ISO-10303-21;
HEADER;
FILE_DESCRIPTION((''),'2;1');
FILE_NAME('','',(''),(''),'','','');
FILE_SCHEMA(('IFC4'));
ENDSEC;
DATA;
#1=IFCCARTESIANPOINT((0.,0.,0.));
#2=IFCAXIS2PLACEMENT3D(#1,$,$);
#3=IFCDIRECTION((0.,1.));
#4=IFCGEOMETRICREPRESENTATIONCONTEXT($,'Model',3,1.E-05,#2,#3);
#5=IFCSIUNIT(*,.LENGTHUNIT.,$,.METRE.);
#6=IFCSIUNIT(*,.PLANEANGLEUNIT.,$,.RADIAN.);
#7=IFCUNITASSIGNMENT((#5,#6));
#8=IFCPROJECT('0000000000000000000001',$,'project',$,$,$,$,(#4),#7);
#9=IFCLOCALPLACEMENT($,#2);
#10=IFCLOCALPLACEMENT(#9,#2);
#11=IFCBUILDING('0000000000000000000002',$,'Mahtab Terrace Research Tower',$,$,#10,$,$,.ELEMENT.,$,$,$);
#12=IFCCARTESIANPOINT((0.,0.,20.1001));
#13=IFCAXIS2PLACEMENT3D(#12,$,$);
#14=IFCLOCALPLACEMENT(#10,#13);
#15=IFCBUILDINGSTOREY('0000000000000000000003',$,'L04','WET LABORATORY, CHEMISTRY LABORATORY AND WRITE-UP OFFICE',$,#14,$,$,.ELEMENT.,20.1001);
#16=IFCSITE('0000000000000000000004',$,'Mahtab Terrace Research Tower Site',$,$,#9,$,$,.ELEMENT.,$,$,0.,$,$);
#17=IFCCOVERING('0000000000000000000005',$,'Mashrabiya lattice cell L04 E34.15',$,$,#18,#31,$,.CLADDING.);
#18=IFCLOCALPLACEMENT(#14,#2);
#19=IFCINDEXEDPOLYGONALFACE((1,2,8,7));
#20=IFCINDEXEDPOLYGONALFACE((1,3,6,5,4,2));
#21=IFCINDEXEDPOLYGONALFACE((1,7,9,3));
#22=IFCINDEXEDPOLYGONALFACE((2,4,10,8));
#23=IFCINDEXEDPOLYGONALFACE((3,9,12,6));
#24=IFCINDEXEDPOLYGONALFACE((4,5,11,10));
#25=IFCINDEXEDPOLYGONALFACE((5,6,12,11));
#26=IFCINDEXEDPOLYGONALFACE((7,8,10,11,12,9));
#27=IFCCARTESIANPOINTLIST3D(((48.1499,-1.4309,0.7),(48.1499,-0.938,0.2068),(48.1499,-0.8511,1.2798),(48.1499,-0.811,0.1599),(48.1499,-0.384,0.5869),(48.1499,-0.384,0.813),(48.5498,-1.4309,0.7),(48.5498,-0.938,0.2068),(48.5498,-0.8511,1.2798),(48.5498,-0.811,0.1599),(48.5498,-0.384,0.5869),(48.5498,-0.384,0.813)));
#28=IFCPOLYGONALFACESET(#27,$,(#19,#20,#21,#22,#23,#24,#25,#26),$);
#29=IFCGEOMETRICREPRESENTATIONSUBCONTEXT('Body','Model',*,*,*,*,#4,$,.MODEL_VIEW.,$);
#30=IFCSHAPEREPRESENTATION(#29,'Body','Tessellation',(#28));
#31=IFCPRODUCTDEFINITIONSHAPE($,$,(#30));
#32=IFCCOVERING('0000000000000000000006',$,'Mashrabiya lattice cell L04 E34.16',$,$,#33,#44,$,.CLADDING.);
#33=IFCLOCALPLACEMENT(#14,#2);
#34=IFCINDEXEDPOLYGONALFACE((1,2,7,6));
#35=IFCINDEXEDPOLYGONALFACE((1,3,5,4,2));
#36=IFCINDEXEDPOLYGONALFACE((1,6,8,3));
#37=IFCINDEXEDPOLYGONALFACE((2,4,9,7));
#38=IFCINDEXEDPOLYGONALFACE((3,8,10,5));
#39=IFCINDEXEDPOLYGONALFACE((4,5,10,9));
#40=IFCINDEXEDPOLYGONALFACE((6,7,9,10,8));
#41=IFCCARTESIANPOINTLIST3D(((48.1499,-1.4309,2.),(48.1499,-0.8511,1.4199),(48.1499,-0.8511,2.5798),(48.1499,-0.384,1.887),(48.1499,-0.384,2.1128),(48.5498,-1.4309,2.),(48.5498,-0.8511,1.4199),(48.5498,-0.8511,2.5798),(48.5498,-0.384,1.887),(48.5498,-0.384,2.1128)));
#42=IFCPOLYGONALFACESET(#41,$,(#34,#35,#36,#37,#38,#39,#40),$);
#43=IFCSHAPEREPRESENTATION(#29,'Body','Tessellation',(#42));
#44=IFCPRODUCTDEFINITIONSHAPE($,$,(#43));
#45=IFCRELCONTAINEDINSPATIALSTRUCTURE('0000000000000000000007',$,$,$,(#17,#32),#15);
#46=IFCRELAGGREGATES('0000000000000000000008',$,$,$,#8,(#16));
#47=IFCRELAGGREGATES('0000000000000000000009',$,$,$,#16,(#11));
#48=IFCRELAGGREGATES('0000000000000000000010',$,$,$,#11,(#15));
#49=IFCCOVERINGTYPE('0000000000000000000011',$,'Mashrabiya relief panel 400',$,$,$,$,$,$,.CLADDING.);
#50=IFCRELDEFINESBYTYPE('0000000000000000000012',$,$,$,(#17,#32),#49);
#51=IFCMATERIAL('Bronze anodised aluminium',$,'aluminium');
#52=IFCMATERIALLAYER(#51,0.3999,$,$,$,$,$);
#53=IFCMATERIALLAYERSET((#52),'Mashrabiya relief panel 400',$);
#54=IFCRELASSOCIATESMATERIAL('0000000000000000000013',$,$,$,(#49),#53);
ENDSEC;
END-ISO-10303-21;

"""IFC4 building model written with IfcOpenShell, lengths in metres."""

from ifc_helpers import new_model, si_unit, direction, frame, origin, place, context, subcontext, project, spatial, polyline, outline, extrude, material, layer, layer_set, type_object, element, save


model = new_model("IFC4")

# Units and contexts
model_context = context("Model", 3, precision=1e-05, world=origin(), true_north=direction((0.0, 1.0)))
body_context = subcontext(model_context, "Body", "Model", "MODEL_VIEW")
ifc_project = project(units=[si_unit("LENGTHUNIT", "METRE"), si_unit("PLANEANGLEUNIT", "RADIAN")], contexts=[model_context])

# Site, building, storey
site_placement = place(None, origin())
site = spatial("IfcSite", under=ifc_project, at=site_placement, Name="Mahtab Terrace Research Tower Site", CompositionType="ELEMENT", RefElevation=0.0)
building_placement = place(site_placement, origin())
building = spatial("IfcBuilding", under=site, at=building_placement, Name="Mahtab Terrace Research Tower", CompositionType="ELEMENT")
storey_placement = place(building_placement, frame((0.0, 0.0, 20.1001)))
storey = spatial("IfcBuildingStorey", under=building, at=storey_placement, Name="L04", Description="WET LABORATORY, CHEMISTRY LABORATORY AND WRITE-UP OFFICE", CompositionType="ELEMENT", Elevation=20.1001)

# Coverings
ifc_material = material(Name="Bronze anodised aluminium", Category="aluminium")
ifc_layer = layer(ifc_material, 0.3999)
ifc_layer_set = layer_set([ifc_layer], Name="Mashrabiya relief panel 400")
covering_type = type_object("IfcCoveringType", Name="Mashrabiya relief panel 400", PredefinedType="CLADDING", material=ifc_layer_set)
covering_1_placement = place(storey_placement, frame((48.1499, -1.4309, 0.7), z_axis=(-1.0, 0.0, 0.0), x_axis=(0.0, 0.707107, 0.707107)))
element("IfcCovering", 1, at=covering_1_placement, inside=storey, type_object=covering_type, Name="Mashrabiya lattice cell L04 E34.15", PredefinedType="CLADDING", context=body_context, shape_type="SweptSolid", body=[
    extrude(outline(polyline([(0.0, 0.0), (0.82, 0.0), (0.8202, 0.6603), (0.6603, 0.8202), (0.0565, 0.8202), (-0.0002, 0.6973), (0.0, 0.0)])), origin(), (0.0, 0.0, -1.0), 0.3999),
])
covering_2_placement = place(storey_placement, frame((48.1499, -0.8511, 1.4199), z_axis=(-1.0, 0.0, 0.0), x_axis=(0.0, -0.706958, 0.707256)))
element("IfcCovering", 2, at=covering_2_placement, inside=storey, type_object=covering_type, Name="Mashrabiya lattice cell L04 E34.16", PredefinedType="CLADDING", context=body_context, shape_type="SweptSolid", body=[
    extrude(outline(polyline([(0.0, 0.0), (0.8202, 0.0), (0.8204, 0.82), (0.1599, 0.8201), (0.0001, 0.6605), (0.0, 0.0)])), origin(), (0.0, 0.0, -1.0), 0.3999),
])

save(model, "model.ifc")
